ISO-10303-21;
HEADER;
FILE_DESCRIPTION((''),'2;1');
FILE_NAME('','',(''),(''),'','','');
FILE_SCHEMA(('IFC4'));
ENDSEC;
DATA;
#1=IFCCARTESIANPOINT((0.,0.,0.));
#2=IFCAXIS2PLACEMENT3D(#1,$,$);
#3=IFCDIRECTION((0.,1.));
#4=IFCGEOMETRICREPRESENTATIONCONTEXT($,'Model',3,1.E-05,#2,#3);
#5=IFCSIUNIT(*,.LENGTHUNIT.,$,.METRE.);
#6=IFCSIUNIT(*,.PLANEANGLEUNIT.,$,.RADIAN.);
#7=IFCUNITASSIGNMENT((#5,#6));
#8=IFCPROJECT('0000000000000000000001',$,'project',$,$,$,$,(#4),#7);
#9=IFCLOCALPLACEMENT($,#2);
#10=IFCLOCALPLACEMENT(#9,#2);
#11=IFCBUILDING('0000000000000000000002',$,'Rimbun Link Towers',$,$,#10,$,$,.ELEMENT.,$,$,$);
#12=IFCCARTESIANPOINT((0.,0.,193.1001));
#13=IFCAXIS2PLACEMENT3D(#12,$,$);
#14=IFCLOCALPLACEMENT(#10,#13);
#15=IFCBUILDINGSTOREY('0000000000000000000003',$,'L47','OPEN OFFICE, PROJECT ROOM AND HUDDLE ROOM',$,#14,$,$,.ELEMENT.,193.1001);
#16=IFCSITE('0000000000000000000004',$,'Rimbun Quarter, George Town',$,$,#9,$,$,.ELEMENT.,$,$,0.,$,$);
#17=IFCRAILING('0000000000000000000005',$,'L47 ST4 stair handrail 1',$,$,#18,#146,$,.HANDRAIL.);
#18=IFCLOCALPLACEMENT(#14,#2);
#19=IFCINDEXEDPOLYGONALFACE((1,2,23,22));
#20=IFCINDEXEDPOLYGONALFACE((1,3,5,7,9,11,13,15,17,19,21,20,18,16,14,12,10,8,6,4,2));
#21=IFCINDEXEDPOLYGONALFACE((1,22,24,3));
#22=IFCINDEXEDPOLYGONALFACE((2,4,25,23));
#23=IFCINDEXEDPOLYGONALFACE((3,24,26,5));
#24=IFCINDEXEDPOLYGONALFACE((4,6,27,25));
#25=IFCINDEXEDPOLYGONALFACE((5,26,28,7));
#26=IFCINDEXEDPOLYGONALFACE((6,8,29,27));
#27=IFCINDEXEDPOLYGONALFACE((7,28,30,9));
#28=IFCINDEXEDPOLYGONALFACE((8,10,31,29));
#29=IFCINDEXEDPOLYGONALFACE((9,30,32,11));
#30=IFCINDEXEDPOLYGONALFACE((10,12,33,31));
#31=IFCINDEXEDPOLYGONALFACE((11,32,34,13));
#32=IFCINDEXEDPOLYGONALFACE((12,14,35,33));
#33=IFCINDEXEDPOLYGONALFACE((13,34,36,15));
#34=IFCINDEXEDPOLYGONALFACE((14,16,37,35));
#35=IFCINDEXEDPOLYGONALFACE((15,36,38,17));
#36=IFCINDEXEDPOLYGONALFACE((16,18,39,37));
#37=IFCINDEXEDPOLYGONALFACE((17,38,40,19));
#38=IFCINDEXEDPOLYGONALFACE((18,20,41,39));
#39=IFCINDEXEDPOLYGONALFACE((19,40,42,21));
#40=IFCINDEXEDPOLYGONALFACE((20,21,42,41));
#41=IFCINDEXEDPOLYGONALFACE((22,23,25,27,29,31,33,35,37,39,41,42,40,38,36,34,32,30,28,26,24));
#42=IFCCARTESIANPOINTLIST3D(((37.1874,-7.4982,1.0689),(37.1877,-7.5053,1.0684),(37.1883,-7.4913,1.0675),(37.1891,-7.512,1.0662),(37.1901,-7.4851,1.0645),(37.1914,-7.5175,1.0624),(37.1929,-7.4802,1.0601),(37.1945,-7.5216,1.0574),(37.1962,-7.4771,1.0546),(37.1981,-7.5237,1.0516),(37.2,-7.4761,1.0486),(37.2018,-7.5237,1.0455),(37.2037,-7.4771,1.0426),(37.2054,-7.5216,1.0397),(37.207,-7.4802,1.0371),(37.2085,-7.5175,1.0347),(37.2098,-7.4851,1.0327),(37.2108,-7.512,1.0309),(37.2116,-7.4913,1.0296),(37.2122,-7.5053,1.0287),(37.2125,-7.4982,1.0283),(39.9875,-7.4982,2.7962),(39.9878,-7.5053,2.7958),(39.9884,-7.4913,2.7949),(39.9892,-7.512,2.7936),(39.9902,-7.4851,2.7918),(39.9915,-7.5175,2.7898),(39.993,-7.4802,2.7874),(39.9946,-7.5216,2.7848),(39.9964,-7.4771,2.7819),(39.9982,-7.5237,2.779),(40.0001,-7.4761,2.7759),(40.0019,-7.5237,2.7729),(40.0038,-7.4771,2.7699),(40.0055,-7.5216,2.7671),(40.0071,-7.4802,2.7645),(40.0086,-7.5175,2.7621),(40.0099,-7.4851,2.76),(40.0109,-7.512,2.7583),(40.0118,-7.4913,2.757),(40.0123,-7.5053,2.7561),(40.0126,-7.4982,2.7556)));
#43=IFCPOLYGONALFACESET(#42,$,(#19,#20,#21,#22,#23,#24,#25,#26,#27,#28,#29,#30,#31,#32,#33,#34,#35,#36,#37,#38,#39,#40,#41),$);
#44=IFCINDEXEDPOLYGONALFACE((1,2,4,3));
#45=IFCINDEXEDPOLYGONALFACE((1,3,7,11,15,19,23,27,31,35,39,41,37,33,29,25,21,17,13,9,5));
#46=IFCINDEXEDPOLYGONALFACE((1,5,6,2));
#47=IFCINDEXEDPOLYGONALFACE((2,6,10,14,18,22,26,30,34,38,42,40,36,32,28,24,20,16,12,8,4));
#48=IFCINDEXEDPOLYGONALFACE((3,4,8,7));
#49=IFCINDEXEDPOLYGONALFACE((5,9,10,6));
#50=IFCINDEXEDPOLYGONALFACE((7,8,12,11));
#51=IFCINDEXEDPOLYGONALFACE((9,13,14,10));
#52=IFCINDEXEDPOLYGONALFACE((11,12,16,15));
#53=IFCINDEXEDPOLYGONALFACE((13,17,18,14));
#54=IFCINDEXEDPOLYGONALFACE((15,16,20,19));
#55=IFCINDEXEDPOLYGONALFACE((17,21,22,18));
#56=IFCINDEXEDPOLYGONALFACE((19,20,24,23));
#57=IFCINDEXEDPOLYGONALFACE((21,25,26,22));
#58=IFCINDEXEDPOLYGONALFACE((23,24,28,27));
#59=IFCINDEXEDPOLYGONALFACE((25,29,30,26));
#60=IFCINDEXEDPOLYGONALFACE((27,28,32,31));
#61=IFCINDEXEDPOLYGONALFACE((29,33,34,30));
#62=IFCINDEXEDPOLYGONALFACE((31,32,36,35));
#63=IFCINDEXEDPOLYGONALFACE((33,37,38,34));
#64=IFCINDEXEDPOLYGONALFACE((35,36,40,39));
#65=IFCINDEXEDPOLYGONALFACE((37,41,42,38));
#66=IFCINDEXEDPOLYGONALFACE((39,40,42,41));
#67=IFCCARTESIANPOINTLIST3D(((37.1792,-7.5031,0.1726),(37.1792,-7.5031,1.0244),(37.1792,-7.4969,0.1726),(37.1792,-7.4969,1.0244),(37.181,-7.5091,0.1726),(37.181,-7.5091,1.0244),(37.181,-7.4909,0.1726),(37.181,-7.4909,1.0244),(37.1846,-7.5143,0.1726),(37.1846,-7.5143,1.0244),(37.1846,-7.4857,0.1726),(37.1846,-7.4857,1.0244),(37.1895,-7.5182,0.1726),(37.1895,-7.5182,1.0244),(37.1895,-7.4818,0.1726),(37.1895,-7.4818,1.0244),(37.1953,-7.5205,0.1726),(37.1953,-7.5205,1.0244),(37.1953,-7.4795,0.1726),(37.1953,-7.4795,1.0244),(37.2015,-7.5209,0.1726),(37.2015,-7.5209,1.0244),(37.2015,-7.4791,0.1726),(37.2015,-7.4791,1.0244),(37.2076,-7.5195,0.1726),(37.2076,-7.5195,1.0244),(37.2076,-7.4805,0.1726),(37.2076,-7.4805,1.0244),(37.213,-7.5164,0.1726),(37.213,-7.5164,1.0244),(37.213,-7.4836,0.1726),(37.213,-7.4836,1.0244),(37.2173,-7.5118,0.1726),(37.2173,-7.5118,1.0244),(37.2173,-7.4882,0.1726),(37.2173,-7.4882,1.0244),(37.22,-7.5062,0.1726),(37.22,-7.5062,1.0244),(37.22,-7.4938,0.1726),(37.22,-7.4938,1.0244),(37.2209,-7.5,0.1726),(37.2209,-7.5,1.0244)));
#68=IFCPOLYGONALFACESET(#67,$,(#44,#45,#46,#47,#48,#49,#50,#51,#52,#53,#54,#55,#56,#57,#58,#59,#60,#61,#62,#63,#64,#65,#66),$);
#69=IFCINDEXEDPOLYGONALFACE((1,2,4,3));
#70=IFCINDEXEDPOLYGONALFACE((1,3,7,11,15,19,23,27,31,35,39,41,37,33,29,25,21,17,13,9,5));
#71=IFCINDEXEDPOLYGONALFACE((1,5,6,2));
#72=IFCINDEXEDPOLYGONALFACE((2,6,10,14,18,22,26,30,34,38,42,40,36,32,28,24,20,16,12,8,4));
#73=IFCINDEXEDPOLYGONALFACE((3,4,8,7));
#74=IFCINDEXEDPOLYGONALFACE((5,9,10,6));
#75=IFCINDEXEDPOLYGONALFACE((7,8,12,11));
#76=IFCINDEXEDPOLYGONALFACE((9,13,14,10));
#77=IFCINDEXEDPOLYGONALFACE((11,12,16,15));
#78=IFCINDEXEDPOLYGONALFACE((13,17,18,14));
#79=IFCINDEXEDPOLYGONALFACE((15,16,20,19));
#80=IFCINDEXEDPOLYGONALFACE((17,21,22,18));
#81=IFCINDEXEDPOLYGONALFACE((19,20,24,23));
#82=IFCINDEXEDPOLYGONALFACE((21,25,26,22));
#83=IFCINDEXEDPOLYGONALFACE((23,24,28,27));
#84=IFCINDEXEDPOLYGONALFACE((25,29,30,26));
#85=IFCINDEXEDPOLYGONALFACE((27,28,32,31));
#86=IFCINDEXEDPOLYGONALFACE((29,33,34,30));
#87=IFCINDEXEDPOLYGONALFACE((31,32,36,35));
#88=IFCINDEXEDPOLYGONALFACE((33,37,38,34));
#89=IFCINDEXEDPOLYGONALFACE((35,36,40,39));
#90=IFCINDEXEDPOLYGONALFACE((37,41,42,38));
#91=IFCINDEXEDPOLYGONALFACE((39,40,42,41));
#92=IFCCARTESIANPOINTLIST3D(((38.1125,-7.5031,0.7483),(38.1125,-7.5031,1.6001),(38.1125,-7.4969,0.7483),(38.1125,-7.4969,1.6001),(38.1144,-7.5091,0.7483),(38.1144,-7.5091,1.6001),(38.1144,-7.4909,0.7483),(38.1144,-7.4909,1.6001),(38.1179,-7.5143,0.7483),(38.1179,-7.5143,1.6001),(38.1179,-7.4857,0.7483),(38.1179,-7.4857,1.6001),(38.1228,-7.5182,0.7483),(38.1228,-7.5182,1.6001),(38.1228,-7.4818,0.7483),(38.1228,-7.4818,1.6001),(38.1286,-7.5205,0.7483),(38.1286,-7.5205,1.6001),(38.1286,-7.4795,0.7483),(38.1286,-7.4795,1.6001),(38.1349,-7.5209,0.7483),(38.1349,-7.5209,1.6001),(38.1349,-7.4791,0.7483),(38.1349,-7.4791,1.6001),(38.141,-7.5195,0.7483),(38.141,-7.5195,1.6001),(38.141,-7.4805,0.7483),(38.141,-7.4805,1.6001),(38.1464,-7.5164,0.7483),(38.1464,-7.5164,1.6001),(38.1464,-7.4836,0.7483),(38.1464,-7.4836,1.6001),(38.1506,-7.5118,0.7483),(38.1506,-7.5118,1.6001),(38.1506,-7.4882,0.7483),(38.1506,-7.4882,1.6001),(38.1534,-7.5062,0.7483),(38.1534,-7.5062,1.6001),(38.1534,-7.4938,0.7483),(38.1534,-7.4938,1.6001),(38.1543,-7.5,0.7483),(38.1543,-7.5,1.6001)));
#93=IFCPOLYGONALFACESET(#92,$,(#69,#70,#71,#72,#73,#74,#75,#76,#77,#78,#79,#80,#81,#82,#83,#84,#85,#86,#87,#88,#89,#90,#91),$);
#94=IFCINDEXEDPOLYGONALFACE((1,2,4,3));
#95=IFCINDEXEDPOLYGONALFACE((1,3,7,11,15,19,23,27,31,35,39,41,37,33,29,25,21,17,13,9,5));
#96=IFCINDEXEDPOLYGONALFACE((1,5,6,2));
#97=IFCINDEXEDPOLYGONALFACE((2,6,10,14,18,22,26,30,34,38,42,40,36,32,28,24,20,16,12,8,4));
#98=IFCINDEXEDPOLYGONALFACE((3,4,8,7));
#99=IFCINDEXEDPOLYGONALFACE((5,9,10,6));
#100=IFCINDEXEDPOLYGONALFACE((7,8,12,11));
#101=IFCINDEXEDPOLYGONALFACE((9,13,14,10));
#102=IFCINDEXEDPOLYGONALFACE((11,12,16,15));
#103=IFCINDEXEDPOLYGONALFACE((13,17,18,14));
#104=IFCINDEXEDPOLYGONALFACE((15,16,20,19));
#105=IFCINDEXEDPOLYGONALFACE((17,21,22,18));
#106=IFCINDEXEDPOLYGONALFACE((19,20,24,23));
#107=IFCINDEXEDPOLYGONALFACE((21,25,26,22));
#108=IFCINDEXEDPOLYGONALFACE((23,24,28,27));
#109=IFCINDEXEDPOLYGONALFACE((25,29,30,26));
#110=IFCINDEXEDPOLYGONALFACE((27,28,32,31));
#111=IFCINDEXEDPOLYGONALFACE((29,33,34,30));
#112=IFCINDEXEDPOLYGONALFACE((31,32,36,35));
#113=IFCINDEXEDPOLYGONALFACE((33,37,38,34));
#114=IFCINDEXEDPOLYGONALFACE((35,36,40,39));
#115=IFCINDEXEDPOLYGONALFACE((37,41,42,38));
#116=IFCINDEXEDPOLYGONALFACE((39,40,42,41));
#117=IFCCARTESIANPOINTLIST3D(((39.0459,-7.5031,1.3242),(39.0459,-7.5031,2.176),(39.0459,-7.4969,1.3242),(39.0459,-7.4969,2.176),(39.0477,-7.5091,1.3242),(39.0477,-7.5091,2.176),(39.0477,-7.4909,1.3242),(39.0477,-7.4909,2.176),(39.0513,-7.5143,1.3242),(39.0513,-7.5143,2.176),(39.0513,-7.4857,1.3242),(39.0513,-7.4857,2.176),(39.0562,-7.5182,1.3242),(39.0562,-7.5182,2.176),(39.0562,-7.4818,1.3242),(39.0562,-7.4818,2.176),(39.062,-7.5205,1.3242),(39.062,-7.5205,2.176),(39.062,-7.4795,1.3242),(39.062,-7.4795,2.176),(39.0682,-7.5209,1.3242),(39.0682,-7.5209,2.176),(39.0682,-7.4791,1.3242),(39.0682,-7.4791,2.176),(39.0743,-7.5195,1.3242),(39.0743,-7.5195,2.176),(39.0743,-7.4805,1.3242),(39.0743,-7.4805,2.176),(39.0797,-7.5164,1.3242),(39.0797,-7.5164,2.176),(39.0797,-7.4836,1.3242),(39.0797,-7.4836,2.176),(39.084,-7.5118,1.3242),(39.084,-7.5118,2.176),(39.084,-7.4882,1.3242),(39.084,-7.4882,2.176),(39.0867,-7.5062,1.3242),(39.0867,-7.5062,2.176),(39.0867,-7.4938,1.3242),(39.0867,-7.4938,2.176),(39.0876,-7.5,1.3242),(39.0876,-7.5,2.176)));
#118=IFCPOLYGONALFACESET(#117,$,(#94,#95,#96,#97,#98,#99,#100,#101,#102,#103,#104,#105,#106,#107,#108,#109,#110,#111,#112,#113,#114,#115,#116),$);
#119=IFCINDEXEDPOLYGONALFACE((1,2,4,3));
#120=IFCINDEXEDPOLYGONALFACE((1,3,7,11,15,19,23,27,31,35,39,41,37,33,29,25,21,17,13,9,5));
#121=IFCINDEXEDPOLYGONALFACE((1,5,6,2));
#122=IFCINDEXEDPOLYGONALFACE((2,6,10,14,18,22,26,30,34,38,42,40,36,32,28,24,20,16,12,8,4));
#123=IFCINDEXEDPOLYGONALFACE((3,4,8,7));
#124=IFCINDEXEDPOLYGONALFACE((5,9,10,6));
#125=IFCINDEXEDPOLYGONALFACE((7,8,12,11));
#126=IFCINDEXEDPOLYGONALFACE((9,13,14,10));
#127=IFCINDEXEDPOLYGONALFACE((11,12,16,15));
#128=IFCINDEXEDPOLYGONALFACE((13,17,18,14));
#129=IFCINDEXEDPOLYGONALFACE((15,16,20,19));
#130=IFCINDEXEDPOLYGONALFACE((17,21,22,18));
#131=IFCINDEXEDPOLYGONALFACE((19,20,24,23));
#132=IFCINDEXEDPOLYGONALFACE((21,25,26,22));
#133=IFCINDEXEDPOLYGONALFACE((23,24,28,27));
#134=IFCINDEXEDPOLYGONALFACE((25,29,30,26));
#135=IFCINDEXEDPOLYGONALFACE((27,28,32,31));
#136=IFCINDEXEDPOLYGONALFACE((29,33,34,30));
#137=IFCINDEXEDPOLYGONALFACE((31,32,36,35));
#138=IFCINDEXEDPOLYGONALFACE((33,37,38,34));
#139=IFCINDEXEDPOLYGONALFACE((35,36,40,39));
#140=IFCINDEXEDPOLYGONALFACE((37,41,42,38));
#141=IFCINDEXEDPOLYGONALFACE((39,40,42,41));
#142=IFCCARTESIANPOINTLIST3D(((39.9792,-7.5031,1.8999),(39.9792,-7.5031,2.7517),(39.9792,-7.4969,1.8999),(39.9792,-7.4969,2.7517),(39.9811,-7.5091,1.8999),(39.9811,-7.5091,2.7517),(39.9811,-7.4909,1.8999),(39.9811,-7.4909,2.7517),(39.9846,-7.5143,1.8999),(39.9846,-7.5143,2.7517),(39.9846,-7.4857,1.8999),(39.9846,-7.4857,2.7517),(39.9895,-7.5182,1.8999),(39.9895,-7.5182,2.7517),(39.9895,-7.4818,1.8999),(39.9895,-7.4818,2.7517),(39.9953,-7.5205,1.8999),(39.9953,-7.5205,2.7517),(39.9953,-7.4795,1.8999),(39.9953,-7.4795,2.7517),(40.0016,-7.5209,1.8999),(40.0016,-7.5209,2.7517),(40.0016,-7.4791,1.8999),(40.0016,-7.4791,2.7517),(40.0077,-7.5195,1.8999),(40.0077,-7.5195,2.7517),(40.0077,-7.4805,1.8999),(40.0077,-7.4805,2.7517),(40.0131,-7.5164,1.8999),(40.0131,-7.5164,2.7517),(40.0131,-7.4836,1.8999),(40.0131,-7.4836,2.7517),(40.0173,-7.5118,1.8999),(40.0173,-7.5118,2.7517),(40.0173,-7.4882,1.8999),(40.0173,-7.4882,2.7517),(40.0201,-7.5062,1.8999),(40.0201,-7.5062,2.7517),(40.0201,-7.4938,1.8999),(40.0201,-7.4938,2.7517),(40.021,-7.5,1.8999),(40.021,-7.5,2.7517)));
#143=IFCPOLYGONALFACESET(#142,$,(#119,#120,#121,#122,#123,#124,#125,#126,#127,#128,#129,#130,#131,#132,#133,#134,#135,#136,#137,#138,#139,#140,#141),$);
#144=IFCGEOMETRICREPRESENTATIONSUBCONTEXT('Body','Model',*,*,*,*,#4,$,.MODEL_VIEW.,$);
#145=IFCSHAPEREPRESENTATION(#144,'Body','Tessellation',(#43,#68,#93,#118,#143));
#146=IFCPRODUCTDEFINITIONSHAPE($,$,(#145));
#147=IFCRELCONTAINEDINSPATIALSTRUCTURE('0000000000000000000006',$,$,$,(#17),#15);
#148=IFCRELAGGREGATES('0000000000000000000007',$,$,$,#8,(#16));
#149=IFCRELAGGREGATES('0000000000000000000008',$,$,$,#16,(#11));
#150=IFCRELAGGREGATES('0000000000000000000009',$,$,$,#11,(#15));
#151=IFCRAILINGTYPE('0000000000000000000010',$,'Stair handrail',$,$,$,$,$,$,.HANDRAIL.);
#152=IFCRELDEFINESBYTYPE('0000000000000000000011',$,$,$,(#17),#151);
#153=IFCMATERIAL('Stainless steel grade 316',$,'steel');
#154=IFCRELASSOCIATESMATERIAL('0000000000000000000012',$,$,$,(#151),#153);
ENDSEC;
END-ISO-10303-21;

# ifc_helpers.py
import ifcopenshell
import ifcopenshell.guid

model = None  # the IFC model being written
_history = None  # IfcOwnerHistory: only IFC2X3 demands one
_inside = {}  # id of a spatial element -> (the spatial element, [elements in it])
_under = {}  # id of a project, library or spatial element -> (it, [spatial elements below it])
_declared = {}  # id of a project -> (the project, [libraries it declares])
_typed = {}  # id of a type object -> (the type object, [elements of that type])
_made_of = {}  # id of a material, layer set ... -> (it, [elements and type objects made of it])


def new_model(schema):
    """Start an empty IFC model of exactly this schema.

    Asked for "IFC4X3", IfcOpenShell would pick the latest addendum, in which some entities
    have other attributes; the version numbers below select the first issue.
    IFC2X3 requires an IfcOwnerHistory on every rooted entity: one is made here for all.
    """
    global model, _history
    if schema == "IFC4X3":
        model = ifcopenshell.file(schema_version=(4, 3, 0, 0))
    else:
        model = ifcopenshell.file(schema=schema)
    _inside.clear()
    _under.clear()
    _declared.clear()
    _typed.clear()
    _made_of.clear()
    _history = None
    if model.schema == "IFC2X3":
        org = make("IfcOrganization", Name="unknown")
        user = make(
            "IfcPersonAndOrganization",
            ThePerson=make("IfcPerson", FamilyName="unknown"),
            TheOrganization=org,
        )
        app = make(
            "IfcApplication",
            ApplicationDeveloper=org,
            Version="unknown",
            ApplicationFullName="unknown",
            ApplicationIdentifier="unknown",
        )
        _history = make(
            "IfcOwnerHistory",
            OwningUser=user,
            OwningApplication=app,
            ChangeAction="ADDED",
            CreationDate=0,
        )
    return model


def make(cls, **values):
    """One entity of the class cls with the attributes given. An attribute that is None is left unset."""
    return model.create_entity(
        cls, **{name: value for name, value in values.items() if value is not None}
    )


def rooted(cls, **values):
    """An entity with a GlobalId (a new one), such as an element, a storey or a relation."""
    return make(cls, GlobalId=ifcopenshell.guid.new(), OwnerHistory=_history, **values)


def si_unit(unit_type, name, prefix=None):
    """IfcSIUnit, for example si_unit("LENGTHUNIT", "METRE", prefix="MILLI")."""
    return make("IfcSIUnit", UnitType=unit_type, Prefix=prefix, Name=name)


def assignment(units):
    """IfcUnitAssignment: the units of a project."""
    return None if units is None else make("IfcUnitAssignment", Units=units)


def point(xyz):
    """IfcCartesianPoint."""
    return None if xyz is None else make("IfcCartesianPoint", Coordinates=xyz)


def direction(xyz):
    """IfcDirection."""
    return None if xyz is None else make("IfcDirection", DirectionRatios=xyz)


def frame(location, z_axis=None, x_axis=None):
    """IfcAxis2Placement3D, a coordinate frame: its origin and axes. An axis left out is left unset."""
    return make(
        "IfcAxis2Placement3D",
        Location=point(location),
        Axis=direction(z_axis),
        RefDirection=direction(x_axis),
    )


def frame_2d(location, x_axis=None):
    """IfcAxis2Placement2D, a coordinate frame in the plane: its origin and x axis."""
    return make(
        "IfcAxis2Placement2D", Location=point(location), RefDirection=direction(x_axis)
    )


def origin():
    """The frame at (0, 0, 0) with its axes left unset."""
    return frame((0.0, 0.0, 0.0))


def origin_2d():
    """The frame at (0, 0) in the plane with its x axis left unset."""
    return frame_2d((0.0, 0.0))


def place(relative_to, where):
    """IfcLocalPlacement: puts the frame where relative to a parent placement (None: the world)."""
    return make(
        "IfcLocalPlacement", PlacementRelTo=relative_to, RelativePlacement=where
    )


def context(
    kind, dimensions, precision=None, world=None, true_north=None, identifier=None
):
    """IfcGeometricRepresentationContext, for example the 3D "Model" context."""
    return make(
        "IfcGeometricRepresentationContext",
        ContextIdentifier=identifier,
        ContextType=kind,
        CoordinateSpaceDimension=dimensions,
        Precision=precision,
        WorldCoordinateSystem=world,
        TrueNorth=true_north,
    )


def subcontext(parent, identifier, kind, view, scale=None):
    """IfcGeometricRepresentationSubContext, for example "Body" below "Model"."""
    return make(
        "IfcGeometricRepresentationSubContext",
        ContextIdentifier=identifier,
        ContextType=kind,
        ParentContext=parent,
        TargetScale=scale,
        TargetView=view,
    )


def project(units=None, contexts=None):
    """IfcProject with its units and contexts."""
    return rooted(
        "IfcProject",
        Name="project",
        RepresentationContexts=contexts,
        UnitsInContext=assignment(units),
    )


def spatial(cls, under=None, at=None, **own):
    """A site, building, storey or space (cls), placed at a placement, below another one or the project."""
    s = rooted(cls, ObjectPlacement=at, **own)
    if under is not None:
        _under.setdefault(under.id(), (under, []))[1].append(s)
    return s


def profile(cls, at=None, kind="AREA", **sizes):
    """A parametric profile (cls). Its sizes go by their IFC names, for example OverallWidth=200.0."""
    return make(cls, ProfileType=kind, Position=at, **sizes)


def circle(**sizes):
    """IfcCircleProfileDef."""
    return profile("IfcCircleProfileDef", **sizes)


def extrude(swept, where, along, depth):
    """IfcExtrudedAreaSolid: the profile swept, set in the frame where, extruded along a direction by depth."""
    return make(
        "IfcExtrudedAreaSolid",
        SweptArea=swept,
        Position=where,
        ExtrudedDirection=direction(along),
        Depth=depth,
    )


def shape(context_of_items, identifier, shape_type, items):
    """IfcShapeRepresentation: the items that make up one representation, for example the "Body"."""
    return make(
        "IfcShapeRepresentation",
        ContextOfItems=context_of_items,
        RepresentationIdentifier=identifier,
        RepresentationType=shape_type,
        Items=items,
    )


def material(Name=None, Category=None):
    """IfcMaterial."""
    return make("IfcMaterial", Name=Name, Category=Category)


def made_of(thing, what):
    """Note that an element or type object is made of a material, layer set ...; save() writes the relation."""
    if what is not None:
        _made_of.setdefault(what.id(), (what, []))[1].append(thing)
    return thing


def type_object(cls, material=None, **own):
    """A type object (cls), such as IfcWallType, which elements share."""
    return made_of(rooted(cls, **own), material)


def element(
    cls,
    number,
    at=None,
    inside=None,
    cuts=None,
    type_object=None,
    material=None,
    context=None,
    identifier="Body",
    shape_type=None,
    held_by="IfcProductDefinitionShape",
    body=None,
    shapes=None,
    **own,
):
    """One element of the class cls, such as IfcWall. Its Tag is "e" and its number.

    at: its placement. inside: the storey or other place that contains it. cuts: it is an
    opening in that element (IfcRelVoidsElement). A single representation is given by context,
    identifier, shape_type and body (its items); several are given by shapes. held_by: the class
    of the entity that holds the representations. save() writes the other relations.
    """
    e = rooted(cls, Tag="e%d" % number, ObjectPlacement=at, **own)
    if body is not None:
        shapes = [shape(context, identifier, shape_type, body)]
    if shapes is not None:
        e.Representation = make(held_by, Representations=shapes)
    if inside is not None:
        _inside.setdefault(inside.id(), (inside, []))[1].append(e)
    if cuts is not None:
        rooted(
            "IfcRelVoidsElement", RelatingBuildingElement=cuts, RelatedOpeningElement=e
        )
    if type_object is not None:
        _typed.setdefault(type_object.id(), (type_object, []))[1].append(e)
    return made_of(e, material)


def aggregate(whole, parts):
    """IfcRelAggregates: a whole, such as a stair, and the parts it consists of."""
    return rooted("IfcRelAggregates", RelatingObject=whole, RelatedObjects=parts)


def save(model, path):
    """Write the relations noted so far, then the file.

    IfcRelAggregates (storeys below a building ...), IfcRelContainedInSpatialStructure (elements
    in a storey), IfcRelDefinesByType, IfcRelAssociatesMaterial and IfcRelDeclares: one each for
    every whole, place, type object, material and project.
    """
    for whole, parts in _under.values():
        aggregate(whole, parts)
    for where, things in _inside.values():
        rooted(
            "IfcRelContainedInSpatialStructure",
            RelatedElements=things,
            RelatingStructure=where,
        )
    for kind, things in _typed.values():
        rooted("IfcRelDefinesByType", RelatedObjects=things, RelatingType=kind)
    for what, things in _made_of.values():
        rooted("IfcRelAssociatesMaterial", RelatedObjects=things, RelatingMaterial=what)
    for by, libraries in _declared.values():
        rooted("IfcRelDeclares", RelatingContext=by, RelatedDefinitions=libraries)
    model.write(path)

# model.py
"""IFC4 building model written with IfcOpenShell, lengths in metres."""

from ifc_helpers import new_model, si_unit, direction, frame, origin, origin_2d, place, context, subcontext, project, spatial, circle, extrude, material, type_object, element, save


model = new_model("IFC4")

# Units and contexts
model_context = context("Model", 3, precision=1e-05, world=origin(), true_north=direction((0.0, 1.0)))
body_context = subcontext(model_context, "Body", "Model", "MODEL_VIEW")
ifc_project = project(units=[si_unit("LENGTHUNIT", "METRE"), si_unit("PLANEANGLEUNIT", "RADIAN")], contexts=[model_context])

# Site, building, storey
site_placement = place(None, origin())
site = spatial("IfcSite", under=ifc_project, at=site_placement, Name="Rimbun Quarter, George Town", CompositionType="ELEMENT", RefElevation=0.0)
building_placement = place(site_placement, origin())
building = spatial("IfcBuilding", under=site, at=building_placement, Name="Rimbun Link Towers", CompositionType="ELEMENT")
storey_placement = place(building_placement, frame((0.0, 0.0, 193.1001)))
storey = spatial("IfcBuildingStorey", under=building, at=storey_placement, Name="L47", Description="OPEN OFFICE, PROJECT ROOM AND HUDDLE ROOM", CompositionType="ELEMENT", Elevation=193.1001)

# Railing
ifc_material_1 = material(Name="Stainless steel grade 316", Category="steel")
railing_type_1 = type_object("IfcRailingType", Name="Stair handrail", PredefinedType="HANDRAIL", material=ifc_material_1)
railing_1_placement = place(storey_placement, frame((37.2, -7.5, 0.1726)))
element("IfcRailing", 1, at=railing_1_placement, inside=storey, type_object=railing_type_1, Name="L47 ST4 stair handrail 1", PredefinedType="HANDRAIL", context=body_context, shape_type="SweptSolid", body=[
    extrude(circle(Radius=0.0239, at=origin_2d()), frame((0.0, 0.0, 0.876), z_axis=(0.85109, 0.0, 0.52502), x_axis=(0.0, 1.0, 0.0)), (0.0, 0.0, 1.0), 3.29),
    extrude(circle(Radius=0.021, at=origin_2d()), origin(), (0.0, 0.0, 1.0), 0.8518),
    extrude(circle(Radius=0.021, at=origin_2d()), frame((0.9333, 0.0, 0.5757)), (0.0, 0.0, 1.0), 0.8518),
    extrude(circle(Radius=0.021, at=origin_2d()), frame((1.8667, 0.0, 1.1516)), (0.0, 0.0, 1.0), 0.8518),
    extrude(circle(Radius=0.021, at=origin_2d()), frame((2.8, 0.0, 1.7273)), (0.0, 0.0, 1.0), 0.8518),
])

save(model, "model.ifc")
